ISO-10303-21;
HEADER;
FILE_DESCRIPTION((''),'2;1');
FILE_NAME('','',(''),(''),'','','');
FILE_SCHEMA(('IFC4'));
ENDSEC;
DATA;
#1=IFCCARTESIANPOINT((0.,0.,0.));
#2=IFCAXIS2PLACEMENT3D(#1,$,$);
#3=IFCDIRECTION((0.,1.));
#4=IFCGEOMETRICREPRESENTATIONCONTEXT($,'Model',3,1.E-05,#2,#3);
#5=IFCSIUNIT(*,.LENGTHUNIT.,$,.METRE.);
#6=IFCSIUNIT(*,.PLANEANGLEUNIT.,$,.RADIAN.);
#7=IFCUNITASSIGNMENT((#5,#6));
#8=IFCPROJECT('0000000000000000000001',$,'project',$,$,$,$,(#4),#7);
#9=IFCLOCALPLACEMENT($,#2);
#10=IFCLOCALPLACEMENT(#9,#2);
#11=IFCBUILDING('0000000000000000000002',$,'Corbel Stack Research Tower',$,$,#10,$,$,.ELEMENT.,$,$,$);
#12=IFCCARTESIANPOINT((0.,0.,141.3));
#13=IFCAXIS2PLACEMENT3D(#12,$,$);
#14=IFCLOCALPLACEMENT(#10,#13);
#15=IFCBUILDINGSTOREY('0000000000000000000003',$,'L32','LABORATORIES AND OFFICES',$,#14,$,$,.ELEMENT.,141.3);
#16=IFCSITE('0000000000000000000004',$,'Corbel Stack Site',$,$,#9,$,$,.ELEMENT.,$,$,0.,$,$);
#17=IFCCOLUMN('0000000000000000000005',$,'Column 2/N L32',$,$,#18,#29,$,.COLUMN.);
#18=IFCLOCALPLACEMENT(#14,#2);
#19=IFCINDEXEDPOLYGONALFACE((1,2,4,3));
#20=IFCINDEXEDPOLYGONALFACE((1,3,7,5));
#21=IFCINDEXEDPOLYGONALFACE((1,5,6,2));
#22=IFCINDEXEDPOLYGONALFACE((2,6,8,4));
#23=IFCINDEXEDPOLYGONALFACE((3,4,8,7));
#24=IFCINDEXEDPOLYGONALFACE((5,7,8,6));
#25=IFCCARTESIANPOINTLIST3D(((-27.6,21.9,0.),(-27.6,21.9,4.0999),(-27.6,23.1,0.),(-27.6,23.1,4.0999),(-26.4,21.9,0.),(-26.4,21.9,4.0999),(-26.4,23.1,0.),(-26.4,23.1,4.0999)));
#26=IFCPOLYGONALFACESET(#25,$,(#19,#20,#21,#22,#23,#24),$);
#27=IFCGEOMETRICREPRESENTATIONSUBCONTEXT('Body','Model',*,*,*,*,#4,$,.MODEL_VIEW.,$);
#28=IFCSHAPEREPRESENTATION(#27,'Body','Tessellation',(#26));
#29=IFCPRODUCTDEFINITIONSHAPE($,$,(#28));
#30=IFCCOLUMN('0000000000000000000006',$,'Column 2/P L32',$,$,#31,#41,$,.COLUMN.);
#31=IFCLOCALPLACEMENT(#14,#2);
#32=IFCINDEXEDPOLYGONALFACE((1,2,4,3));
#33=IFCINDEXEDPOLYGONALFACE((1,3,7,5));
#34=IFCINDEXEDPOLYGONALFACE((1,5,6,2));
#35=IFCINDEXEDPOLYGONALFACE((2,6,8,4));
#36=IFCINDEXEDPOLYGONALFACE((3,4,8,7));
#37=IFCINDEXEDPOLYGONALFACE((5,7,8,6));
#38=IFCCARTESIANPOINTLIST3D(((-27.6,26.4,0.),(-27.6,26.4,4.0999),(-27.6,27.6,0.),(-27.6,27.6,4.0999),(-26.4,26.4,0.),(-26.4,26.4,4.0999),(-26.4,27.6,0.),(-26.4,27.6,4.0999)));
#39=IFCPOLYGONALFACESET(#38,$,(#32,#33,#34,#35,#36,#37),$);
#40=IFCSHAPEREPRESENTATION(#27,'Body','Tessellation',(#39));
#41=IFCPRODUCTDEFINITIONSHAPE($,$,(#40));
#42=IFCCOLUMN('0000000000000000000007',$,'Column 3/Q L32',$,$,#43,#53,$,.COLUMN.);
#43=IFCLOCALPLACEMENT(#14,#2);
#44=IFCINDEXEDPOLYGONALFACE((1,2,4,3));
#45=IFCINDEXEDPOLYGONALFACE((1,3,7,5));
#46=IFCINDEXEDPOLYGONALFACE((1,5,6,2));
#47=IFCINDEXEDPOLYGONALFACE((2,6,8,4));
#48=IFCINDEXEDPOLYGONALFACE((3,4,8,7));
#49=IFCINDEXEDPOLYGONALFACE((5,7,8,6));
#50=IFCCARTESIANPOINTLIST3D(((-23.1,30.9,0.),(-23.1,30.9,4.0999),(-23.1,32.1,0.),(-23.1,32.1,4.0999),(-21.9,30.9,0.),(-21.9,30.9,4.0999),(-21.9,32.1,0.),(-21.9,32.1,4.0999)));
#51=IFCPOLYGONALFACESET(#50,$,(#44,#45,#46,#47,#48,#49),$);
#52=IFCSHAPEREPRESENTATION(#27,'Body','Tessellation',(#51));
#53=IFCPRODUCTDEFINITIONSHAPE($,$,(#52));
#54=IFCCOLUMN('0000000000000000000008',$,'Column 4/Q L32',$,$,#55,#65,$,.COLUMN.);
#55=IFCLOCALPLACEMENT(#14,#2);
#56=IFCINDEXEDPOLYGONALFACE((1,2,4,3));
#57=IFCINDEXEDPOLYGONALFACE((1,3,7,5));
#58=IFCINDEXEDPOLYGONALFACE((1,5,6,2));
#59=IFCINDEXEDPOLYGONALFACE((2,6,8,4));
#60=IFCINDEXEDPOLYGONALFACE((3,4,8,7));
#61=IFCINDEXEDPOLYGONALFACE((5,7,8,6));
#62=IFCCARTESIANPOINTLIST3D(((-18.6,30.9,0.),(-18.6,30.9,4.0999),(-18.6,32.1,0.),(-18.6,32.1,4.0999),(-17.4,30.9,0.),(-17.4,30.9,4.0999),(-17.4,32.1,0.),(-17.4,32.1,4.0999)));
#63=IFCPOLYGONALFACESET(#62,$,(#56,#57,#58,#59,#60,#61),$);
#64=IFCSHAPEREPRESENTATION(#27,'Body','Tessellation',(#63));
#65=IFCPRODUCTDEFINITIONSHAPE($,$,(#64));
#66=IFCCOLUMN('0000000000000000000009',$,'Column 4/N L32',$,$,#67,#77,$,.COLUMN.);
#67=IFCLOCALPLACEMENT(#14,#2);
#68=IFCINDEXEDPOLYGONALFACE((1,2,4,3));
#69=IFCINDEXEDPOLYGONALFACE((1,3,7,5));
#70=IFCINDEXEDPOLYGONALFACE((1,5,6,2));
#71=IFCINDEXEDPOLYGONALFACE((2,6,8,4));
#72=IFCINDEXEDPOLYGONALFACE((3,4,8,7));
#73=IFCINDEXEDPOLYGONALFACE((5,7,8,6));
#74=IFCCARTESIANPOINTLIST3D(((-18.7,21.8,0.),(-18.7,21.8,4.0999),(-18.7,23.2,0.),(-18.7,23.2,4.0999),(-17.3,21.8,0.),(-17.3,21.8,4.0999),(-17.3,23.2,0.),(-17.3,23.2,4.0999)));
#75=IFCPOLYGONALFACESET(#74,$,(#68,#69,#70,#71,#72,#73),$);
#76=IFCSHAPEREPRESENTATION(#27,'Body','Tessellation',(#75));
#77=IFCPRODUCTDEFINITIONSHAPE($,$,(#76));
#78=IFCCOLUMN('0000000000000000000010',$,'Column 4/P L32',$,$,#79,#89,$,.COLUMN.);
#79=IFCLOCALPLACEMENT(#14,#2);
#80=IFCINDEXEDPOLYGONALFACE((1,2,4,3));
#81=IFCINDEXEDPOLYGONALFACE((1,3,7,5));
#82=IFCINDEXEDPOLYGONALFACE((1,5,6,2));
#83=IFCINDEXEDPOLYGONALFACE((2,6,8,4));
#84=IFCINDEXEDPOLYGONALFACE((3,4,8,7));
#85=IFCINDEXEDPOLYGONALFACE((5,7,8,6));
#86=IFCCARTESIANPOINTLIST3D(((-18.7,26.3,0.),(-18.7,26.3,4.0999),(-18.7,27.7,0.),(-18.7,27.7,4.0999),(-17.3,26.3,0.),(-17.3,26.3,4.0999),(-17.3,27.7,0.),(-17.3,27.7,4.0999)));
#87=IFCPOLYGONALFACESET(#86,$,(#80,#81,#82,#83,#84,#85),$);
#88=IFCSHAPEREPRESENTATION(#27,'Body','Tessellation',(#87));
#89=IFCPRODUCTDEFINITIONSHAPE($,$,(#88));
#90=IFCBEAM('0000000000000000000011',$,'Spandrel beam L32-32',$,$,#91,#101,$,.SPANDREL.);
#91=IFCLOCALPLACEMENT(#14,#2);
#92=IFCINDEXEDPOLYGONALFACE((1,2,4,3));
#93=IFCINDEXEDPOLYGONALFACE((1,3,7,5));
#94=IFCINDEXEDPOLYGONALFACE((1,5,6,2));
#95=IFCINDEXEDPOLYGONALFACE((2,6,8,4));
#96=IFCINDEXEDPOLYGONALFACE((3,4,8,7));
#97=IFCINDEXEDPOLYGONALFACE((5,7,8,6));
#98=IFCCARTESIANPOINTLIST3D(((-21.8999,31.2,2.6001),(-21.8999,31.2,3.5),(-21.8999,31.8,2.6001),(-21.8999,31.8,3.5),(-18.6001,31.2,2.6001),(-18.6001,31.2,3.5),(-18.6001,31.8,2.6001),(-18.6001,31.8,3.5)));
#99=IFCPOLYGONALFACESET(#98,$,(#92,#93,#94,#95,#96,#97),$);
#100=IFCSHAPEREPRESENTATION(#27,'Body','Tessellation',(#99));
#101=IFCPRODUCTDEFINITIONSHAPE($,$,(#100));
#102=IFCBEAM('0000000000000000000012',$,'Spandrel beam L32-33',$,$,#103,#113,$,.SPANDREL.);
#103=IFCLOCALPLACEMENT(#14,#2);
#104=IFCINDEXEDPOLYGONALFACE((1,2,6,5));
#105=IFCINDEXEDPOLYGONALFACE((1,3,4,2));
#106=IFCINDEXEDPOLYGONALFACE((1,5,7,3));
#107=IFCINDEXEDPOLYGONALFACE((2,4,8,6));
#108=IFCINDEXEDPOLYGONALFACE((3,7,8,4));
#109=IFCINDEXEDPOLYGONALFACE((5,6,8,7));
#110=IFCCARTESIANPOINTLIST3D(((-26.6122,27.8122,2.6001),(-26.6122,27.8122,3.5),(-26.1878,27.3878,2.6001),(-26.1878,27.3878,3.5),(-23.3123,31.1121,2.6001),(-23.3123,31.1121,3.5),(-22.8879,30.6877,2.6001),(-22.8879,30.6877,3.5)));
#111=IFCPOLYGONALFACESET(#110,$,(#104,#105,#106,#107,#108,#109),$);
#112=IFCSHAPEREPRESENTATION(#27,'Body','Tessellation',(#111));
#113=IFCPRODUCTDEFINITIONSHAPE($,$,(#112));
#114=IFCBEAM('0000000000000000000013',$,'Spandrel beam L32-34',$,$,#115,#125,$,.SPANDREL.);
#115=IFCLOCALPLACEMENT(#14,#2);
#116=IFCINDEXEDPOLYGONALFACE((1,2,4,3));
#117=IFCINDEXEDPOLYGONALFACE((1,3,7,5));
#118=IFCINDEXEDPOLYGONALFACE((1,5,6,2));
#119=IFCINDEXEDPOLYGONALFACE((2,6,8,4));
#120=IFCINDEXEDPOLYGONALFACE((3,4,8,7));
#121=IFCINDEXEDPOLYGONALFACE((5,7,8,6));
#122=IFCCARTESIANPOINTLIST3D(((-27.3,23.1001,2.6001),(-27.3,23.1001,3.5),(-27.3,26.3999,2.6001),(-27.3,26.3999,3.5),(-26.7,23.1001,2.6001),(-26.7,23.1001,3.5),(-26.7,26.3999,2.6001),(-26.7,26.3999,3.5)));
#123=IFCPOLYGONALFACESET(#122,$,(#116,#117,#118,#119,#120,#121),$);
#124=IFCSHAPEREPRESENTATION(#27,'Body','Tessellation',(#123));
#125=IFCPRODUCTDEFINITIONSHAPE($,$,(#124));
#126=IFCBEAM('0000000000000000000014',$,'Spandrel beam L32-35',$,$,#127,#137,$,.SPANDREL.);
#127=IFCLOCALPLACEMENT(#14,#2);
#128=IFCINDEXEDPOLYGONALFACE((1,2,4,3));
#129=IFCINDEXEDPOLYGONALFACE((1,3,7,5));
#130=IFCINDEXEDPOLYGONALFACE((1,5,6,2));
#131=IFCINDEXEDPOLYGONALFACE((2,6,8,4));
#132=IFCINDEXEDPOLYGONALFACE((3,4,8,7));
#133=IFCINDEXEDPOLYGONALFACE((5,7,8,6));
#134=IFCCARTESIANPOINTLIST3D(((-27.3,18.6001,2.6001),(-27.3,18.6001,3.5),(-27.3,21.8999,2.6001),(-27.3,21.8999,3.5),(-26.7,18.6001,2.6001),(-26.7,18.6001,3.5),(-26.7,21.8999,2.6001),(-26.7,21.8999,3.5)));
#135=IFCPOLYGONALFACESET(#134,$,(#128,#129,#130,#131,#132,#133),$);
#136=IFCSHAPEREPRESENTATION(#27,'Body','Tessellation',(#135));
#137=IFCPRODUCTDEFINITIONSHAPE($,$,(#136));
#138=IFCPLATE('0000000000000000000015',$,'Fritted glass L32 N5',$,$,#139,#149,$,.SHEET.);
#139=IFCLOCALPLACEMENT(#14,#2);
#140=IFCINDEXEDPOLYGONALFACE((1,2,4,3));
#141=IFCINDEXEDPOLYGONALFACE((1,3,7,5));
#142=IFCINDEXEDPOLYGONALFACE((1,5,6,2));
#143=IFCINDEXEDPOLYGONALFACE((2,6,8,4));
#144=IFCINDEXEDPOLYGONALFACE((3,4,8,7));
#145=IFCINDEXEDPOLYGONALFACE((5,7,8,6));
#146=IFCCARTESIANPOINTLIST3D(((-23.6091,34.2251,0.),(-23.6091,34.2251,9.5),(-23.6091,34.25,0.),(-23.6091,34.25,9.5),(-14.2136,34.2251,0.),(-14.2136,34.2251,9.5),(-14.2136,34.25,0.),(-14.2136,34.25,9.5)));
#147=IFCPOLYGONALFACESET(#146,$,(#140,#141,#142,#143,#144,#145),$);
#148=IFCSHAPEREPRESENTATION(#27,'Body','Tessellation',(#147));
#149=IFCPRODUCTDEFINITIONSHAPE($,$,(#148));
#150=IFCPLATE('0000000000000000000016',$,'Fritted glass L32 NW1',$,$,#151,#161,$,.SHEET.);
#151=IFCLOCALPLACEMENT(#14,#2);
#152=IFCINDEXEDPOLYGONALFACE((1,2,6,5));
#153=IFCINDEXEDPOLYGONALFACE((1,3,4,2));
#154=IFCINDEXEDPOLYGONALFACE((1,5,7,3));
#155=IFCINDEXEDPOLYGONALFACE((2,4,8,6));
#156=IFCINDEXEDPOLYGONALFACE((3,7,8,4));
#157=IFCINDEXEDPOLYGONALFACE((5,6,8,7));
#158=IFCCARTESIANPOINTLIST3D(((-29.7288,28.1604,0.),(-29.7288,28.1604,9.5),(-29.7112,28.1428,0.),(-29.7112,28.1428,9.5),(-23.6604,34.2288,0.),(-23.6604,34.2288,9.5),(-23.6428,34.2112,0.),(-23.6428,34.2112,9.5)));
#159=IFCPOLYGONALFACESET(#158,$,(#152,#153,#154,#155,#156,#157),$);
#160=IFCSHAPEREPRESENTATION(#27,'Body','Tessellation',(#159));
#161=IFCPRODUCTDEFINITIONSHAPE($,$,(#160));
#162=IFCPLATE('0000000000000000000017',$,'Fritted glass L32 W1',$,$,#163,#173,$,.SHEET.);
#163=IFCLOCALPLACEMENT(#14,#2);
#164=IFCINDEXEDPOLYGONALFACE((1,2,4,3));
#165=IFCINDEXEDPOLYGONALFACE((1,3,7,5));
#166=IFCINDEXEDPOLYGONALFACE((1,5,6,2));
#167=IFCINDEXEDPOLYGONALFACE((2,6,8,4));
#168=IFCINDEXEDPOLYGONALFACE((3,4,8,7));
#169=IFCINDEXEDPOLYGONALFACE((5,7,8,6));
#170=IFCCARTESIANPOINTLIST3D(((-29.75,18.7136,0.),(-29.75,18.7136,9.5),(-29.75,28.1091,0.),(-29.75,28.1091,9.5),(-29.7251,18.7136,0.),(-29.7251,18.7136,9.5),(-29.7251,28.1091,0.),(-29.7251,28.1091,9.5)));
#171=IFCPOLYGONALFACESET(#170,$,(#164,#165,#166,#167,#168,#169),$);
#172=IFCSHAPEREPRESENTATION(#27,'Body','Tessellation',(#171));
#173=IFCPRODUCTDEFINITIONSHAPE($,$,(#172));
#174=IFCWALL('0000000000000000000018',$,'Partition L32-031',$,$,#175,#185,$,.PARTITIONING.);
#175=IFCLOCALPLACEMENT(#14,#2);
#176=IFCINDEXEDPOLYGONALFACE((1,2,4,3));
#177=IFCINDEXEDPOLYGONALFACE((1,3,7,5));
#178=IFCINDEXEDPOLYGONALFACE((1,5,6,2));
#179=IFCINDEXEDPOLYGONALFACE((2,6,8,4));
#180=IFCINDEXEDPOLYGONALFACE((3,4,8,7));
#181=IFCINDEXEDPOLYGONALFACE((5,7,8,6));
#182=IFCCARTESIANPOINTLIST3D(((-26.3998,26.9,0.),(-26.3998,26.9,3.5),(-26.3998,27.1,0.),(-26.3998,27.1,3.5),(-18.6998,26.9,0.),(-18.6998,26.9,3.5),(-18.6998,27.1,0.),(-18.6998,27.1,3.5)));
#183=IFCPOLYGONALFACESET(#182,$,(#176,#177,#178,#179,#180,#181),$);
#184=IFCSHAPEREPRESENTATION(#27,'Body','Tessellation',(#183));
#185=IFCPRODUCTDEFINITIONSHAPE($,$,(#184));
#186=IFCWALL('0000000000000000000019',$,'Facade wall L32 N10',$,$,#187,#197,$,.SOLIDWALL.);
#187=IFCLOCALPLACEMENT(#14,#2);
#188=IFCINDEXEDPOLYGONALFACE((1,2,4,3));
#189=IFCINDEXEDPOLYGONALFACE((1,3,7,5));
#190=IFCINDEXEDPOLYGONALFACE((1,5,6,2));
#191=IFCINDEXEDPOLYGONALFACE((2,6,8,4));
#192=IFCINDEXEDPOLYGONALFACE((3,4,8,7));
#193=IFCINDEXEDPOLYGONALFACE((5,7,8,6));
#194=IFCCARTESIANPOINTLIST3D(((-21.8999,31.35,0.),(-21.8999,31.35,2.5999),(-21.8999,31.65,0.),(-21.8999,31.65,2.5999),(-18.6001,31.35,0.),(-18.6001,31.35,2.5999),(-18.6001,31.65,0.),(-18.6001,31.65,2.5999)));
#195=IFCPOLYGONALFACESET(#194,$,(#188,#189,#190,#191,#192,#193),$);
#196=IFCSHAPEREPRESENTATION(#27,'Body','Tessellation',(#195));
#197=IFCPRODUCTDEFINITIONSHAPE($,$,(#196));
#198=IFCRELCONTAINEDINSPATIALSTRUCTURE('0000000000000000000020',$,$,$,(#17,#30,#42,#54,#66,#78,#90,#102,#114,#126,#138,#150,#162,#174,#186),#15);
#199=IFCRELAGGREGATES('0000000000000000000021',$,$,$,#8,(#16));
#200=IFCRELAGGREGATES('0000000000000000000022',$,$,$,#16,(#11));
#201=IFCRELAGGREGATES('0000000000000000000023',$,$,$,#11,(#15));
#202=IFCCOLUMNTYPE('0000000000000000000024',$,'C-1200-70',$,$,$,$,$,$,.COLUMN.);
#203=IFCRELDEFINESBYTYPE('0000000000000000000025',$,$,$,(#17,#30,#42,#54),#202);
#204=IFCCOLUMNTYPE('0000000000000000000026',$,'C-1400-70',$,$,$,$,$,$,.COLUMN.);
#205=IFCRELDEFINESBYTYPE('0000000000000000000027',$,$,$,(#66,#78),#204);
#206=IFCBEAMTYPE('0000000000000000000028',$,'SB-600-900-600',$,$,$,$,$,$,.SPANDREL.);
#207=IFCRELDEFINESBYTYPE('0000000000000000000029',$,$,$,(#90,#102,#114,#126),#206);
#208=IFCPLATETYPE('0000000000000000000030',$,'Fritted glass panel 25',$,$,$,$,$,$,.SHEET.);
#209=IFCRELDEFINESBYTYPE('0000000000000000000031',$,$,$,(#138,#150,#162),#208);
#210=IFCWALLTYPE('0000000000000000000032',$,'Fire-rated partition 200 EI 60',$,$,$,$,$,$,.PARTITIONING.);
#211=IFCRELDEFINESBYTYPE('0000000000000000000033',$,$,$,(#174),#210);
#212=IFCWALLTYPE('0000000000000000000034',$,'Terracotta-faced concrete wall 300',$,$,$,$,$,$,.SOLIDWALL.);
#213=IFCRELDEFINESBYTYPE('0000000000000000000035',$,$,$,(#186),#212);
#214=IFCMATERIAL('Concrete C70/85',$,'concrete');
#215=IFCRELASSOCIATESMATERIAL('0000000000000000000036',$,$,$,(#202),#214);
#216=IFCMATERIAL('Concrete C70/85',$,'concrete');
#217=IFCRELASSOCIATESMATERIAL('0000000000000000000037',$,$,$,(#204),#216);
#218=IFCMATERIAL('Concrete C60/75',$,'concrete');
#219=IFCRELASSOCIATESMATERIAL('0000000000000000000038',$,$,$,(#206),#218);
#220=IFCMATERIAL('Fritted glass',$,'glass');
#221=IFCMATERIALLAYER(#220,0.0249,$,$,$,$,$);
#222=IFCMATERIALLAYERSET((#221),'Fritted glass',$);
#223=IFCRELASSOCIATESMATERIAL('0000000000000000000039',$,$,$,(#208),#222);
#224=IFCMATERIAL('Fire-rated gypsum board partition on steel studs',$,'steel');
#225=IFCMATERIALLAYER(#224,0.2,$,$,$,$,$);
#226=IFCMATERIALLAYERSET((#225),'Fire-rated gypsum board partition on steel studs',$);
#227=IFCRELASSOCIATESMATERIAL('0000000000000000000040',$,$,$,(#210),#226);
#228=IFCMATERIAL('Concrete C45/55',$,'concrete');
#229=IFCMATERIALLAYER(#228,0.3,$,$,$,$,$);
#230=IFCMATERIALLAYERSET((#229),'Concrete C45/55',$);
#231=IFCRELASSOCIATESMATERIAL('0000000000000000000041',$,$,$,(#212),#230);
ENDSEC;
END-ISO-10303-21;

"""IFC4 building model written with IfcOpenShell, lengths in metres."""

from ifc_helpers import new_model, si_unit, direction, frame, frame_2d, origin, origin_2d, place, context, subcontext, project, spatial, rectangle, extrude, material, layer, layer_set, material_profile, profile_set, type_object, element, save


model = new_model("IFC4")

# Units and contexts
model_context = context("Model", 3, precision=1e-05, world=origin(), true_north=direction((0.0, 1.0)))
body_context = subcontext(model_context, "Body", "Model", "MODEL_VIEW")
ifc_project = project(units=[si_unit("LENGTHUNIT", "METRE"), si_unit("PLANEANGLEUNIT", "RADIAN")], contexts=[model_context])

# Site, building, storey
site_placement = place(None, origin())
site = spatial("IfcSite", under=ifc_project, at=site_placement, Name="Corbel Stack Site", CompositionType="ELEMENT", RefElevation=0.0)
building_placement = place(site_placement, origin())
building = spatial("IfcBuilding", under=site, at=building_placement, Name="Corbel Stack Research Tower", CompositionType="ELEMENT")
storey_placement = place(building_placement, frame((0.0, 0.0, 141.3)))
storey = spatial("IfcBuildingStorey", under=building, at=storey_placement, Name="L32", Description="LABORATORIES AND OFFICES", CompositionType="ELEMENT", Elevation=141.3)

# Columns
ifc_material_1 = material(Name="Concrete C70/85", Category="concrete")
ifc_material_profile_1 = material_profile(ifc_material_1, rectangle(XDim=1.2, YDim=1.2, at=origin_2d()), Name="RC 1200 x 1200")
ifc_profile_set_1 = profile_set([ifc_material_profile_1], Name="Concrete C70/85")
column_type_1 = type_object("IfcColumnType", Name="C-1200-70", PredefinedType="COLUMN", material=ifc_profile_set_1)
for number, where, z_axis, x_axis, name in (
    (1, (-27.0, 22.5, 0.0), (0.0, 0.0, 1.0), (1.0, 0.0, 0.0), "Column 2/N L32"),
    (2, (-27.0, 27.0, 0.0), (0.0, 0.0, 1.0), (1.0, 0.0, 0.0), "Column 2/P L32"),
    (3, (-22.5, 31.5, 0.0), (0.0, 0.0, 1.0), (1.0, 0.0, 0.0), "Column 3/Q L32"),
    (4, (-18.0, 31.5, 0.0), (0.0, 0.0, 1.0), (1.0, 0.0, 0.0), "Column 4/Q L32"),
):
    element("IfcColumn", number, at=place(storey_placement, frame(where, z_axis=z_axis, x_axis=x_axis)), inside=storey, type_object=column_type_1, Name=name, PredefinedType="COLUMN", context=body_context, shape_type="SweptSolid", body=[
        extrude(rectangle(XDim=1.2, YDim=1.2, at=origin_2d()), origin(), (0.0, 0.0, 1.0), 4.0999),
    ])
ifc_material_2 = material(Name="Concrete C70/85", Category="concrete")
ifc_material_profile_2 = material_profile(ifc_material_2, rectangle(XDim=1.3999, YDim=1.3999, at=origin_2d()), Name="RC 1400 x 1400")
ifc_profile_set_2 = profile_set([ifc_material_profile_2], Name="Concrete C70/85")
column_type_2 = type_object("IfcColumnType", Name="C-1400-70", PredefinedType="COLUMN", material=ifc_profile_set_2)
for number, where, z_axis, x_axis, name in (
    (5, (-18.0, 22.5, 0.0), (0.0, 0.0, 1.0), (1.0, 0.0, 0.0), "Column 4/N L32"),
    (6, (-18.0, 27.0, 0.0), (0.0, 0.0, 1.0), (1.0, 0.0, 0.0), "Column 4/P L32"),
):
    element("IfcColumn", number, at=place(storey_placement, frame(where, z_axis=z_axis, x_axis=x_axis)), inside=storey, type_object=column_type_2, Name=name, PredefinedType="COLUMN", context=body_context, shape_type="SweptSolid", body=[
        extrude(rectangle(XDim=1.3999, YDim=1.3999, at=origin_2d()), origin(), (0.0, 0.0, 1.0), 4.0999),
    ])

# Beams
ifc_material_3 = material(Name="Concrete C60/75", Category="concrete")
ifc_material_profile_3 = material_profile(ifc_material_3, rectangle(XDim=0.6001, YDim=0.8999, at=origin_2d()), Name="RC 600 x 900")
ifc_profile_set_3 = profile_set([ifc_material_profile_3], Name="Concrete C60/75")
beam_type = type_object("IfcBeamType", Name="SB-600-900-600", PredefinedType="SPANDREL", material=ifc_profile_set_3)
beam_1_placement = place(storey_placement, frame((-18.6001, 31.5, 3.05), z_axis=(-1.0, 0.0, 0.0), x_axis=(0.0, -1.0, 0.0)))
element("IfcBeam", 7, at=beam_1_placement, inside=storey, type_object=beam_type, Name="Spandrel beam L32-32", PredefinedType="SPANDREL", context=body_context, shape_type="SweptSolid", body=[
    extrude(rectangle(XDim=0.6001, YDim=0.8999, at=origin_2d()), origin(), (0.0, 0.0, 1.0), 3.2998),
])
beam_2_placement = place(storey_placement, frame((-23.1001, 30.8999, 3.05), z_axis=(-0.707107, -0.707107, 0.0), x_axis=(0.707107, -0.707107, 0.0)))
element("IfcBeam", 8, at=beam_2_placement, inside=storey, type_object=beam_type, Name="Spandrel beam L32-33", PredefinedType="SPANDREL", context=body_context, shape_type="SweptSolid", body=[
    extrude(rectangle(XDim=0.6001, YDim=0.8999, at=origin_2d()), origin(), (0.0, 0.0, 1.0), 4.6667),
])
for number, where, z_axis, x_axis, name in (
    (9, (-27.0, 26.3999, 3.05), (0.0, -1.0, 0.0), (1.0, 0.0, 0.0), "Spandrel beam L32-34"),
    (10, (-27.0, 21.8999, 3.05), (0.0, -1.0, 0.0), (1.0, 0.0, 0.0), "Spandrel beam L32-35"),
):
    element("IfcBeam", number, at=place(storey_placement, frame(where, z_axis=z_axis, x_axis=x_axis)), inside=storey, type_object=beam_type, Name=name, PredefinedType="SPANDREL", context=body_context, shape_type="SweptSolid", body=[
        extrude(rectangle(XDim=0.6001, YDim=0.8999, at=origin_2d()), origin(), (0.0, 0.0, 1.0), 3.2998),
    ])

# Plates
ifc_material_4 = material(Name="Fritted glass", Category="glass")
ifc_layer_1 = layer(ifc_material_4, 0.0249)
ifc_layer_set_1 = layer_set([ifc_layer_1], Name="Fritted glass")
plate_type = type_object("IfcPlateType", Name="Fritted glass panel 25", PredefinedType="SHEET", material=ifc_layer_set_1)
plate_1_placement = place(storey_placement, frame((-18.9114, 34.2375, 0.0), z_axis=(0.0, 0.0, 1.0), x_axis=(-1.0, 0.0, 0.0)))
element("IfcPlate", 11, at=plate_1_placement, inside=storey, type_object=plate_type, Name="Fritted glass L32 N5", PredefinedType="SHEET", context=body_context, shape_type="SweptSolid", body=[
    extrude(rectangle(XDim=9.3955, YDim=0.0249, at=origin_2d()), origin(), (0.0, 0.0, 1.0), 9.5),
])
plate_2_placement = place(storey_placement, frame((-26.6858, 31.1858, 0.0), z_axis=(0.0, 0.0, 1.0), x_axis=(-0.707107, -0.707107, 0.0)))
element("IfcPlate", 12, at=plate_2_placement, inside=storey, type_object=plate_type, Name="Fritted glass L32 NW1", PredefinedType="SHEET", context=body_context, shape_type="SweptSolid", body=[
    extrude(rectangle(XDim=8.582, YDim=0.0249, at=origin_2d()), origin(), (0.0, 0.0, 1.0), 9.5),
])
plate_3_placement = place(storey_placement, frame((-29.7375, 23.4114, 0.0), z_axis=(0.0, 0.0, 1.0), x_axis=(0.0, -1.0, 0.0)))
element("IfcPlate", 13, at=plate_3_placement, inside=storey, type_object=plate_type, Name="Fritted glass L32 W1", PredefinedType="SHEET", context=body_context, shape_type="SweptSolid", body=[
    extrude(rectangle(XDim=9.3955, YDim=0.0249, at=origin_2d()), origin(), (0.0, 0.0, 1.0), 9.5),
])

# Walls
ifc_material_5 = material(Name="Fire-rated gypsum board partition on steel studs", Category="steel")
ifc_layer_2 = layer(ifc_material_5, 0.2)
ifc_layer_set_2 = layer_set([ifc_layer_2], Name="Fire-rated gypsum board partition on steel studs")
wall_type_1 = type_object("IfcWallType", Name="Fire-rated partition 200 EI 60", PredefinedType="PARTITIONING", material=ifc_layer_set_2)
wall_1_placement = place(storey_placement, frame((-26.3999, 27.0, 0.0), z_axis=(0.0, 0.0, 1.0), x_axis=(1.0, 0.0, 0.0)))
element("IfcWall", 14, at=wall_1_placement, inside=storey, type_object=wall_type_1, Name="Partition L32-031", PredefinedType="PARTITIONING", context=body_context, shape_type="SweptSolid", body=[
    extrude(rectangle(XDim=7.7, YDim=0.2, at=frame_2d((3.8501, 0.0))), origin(), (0.0, 0.0, 1.0), 3.5),
])
ifc_material_6 = material(Name="Concrete C45/55", Category="concrete")
ifc_layer_3 = layer(ifc_material_6, 0.3)
ifc_layer_set_3 = layer_set([ifc_layer_3], Name="Concrete C45/55")
wall_type_2 = type_object("IfcWallType", Name="Terracotta-faced concrete wall 300", PredefinedType="SOLIDWALL", material=ifc_layer_set_3)
wall_2_placement = place(storey_placement, frame((-21.8999, 31.5, 0.0), z_axis=(0.0, 0.0, 1.0), x_axis=(1.0, 0.0, 0.0)))
element("IfcWall", 15, at=wall_2_placement, inside=storey, type_object=wall_type_2, Name="Facade wall L32 N10", PredefinedType="SOLIDWALL", context=body_context, shape_type="SweptSolid", body=[
    extrude(rectangle(XDim=3.2998, YDim=0.3, at=frame_2d((1.6499, 0.0))), origin(), (0.0, 0.0, 1.0), 2.5999),
])

save(model, "model.ifc")
